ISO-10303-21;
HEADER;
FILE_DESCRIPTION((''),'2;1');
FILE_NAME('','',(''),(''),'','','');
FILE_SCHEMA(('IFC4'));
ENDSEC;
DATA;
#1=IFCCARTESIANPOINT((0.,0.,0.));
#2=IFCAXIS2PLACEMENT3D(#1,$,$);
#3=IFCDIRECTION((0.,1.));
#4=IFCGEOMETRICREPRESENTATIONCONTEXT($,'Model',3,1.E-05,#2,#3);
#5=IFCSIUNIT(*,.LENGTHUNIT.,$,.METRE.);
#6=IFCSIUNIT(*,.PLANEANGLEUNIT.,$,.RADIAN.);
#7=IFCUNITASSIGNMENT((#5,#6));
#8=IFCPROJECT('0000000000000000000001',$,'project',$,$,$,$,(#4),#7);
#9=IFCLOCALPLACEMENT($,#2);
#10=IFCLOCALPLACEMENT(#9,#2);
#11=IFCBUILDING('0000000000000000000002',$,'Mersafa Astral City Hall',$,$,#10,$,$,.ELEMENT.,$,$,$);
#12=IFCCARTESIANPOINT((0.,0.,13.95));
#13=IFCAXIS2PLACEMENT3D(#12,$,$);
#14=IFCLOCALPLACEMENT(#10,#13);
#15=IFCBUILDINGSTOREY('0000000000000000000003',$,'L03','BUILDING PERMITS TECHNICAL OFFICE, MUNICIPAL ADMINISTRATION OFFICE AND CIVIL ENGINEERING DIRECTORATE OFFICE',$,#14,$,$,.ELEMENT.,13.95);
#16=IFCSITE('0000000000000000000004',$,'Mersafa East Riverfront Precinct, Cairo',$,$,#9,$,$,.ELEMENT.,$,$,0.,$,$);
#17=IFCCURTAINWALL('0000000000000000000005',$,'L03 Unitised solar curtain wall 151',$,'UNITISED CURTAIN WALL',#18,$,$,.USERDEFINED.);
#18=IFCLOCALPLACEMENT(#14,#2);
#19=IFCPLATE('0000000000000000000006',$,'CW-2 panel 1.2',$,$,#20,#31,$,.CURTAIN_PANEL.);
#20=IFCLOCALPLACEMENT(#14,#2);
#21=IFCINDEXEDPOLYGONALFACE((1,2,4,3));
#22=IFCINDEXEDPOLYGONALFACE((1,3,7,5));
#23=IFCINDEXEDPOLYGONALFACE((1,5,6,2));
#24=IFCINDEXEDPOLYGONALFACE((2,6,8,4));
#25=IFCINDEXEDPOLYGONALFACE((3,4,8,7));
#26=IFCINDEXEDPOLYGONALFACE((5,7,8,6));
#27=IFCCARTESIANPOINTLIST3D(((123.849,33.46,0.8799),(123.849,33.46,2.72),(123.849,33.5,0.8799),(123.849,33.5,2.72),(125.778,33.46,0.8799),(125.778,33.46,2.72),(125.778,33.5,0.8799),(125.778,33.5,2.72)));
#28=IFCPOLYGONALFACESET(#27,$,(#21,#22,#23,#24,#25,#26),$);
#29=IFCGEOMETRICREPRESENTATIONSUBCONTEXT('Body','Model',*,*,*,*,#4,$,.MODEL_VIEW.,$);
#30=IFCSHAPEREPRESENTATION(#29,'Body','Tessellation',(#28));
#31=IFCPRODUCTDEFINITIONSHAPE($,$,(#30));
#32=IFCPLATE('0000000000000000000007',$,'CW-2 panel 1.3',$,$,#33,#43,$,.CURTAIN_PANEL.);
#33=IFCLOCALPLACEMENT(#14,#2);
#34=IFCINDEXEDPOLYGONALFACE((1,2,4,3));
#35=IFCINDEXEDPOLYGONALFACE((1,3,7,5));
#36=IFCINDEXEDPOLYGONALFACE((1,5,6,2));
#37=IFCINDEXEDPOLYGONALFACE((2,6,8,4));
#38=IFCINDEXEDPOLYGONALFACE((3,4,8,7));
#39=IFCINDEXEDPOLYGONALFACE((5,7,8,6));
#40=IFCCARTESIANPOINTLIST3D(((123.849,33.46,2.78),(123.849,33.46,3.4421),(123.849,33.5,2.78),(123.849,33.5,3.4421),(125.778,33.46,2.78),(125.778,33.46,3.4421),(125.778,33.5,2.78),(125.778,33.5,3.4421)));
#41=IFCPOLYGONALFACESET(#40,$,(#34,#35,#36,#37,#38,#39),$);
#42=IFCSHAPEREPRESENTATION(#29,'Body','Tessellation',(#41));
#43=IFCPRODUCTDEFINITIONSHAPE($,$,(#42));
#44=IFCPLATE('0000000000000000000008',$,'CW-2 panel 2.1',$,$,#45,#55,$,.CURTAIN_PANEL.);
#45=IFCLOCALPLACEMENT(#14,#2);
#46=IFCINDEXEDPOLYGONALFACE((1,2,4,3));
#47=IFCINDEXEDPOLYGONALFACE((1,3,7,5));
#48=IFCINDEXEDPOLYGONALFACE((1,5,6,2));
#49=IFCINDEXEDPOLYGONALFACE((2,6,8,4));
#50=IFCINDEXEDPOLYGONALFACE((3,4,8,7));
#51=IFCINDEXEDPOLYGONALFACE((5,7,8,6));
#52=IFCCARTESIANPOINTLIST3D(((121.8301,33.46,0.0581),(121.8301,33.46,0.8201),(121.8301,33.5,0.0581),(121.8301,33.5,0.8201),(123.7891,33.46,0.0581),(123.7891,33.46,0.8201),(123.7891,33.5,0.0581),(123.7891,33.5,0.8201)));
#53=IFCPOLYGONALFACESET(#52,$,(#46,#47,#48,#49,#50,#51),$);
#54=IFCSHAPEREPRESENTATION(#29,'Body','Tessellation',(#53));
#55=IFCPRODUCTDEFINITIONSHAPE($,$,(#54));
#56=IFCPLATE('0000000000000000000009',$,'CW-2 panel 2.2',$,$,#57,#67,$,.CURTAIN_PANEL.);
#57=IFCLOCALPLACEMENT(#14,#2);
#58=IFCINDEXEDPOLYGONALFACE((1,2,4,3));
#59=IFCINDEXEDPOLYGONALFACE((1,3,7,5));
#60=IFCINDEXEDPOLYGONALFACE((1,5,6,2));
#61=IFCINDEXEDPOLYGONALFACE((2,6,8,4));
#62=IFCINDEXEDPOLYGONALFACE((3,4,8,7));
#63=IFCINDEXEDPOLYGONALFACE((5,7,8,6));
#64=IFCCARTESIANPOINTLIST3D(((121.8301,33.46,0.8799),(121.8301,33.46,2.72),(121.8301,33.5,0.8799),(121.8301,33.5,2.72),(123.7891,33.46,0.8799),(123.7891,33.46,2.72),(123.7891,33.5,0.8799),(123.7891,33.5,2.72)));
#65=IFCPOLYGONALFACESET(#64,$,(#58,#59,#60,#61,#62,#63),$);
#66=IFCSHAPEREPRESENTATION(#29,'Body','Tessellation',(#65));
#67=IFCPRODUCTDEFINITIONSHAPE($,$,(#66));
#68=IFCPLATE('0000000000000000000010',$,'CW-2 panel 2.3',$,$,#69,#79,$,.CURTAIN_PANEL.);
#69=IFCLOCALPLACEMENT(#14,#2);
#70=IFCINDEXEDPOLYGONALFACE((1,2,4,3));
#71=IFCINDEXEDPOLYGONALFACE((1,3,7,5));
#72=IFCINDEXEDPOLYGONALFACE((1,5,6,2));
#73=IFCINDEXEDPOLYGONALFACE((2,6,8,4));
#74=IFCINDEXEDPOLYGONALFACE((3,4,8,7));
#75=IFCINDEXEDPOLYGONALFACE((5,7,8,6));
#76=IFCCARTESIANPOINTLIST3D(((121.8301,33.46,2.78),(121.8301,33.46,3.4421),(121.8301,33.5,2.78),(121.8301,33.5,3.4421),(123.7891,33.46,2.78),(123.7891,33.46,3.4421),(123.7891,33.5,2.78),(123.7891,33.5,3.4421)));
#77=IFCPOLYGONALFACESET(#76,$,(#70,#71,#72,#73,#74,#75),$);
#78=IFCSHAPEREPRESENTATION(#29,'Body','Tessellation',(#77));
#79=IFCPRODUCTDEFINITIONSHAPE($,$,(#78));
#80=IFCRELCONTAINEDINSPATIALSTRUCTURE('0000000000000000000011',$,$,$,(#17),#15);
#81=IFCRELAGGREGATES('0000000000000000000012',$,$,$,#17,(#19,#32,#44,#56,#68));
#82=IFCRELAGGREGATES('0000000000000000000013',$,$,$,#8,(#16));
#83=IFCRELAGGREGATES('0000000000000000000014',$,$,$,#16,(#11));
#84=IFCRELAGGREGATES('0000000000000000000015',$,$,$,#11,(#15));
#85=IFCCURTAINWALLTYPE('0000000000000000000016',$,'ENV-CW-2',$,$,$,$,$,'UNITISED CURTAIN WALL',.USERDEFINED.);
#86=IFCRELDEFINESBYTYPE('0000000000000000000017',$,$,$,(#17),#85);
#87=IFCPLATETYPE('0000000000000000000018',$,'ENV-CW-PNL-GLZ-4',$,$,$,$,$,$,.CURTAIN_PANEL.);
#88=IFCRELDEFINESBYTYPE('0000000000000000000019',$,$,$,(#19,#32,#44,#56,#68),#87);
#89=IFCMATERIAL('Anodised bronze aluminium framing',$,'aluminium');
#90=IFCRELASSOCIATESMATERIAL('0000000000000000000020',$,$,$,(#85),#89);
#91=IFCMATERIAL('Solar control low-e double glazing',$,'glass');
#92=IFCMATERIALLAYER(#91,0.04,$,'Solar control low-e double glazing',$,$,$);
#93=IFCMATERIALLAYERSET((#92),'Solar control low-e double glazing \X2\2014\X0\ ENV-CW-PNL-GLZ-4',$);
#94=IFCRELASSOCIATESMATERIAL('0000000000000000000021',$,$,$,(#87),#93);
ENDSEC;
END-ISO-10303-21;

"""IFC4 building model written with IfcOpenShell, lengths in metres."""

from ifc_helpers import new_model, si_unit, direction, frame, origin, origin_2d, place, context, subcontext, project, spatial, rectangle, extrude, material, layer, layer_set, type_object, element, aggregate, save


model = new_model("IFC4")

# Units and contexts
model_context = context("Model", 3, precision=1e-05, world=origin(), true_north=direction((0.0, 1.0)))
body_context = subcontext(model_context, "Body", "Model", "MODEL_VIEW")
ifc_project = project(units=[si_unit("LENGTHUNIT", "METRE"), si_unit("PLANEANGLEUNIT", "RADIAN")], contexts=[model_context])

# Site, building, storey
site_placement = place(None, origin())
site = spatial("IfcSite", under=ifc_project, at=site_placement, Name="Mersafa East Riverfront Precinct, Cairo", CompositionType="ELEMENT", RefElevation=0.0)
building_placement = place(site_placement, origin())
building = spatial("IfcBuilding", under=site, at=building_placement, Name="Mersafa Astral City Hall", CompositionType="ELEMENT")
storey_placement = place(building_placement, frame((0.0, 0.0, 13.95)))
storey = spatial("IfcBuildingStorey", under=building, at=storey_placement, Name="L03", Description="BUILDING PERMITS TECHNICAL OFFICE, MUNICIPAL ADMINISTRATION OFFICE AND CIVIL ENGINEERING DIRECTORATE OFFICE", CompositionType="ELEMENT", Elevation=13.95)

# Curtain wall
ifc_material_1 = material(Name="Anodised bronze aluminium framing", Category="aluminium")
curtain_wall_type = type_object("IfcCurtainWallType", Name="ENV-CW-2", ElementType="UNITISED CURTAIN WALL", PredefinedType="USERDEFINED", material=ifc_material_1)
curtain_wall_placement = place(storey_placement, origin())
curtain_wall = element("IfcCurtainWall", 1, at=curtain_wall_placement, inside=storey, type_object=curtain_wall_type, Name="L03 Unitised solar curtain wall 151", ObjectType="UNITISED CURTAIN WALL", PredefinedType="USERDEFINED")

# Plates
ifc_material_2 = material(Name="Solar control low-e double glazing", Category="glass")
ifc_layer = layer(ifc_material_2, 0.04, Name="Solar control low-e double glazing")
ifc_layer_set = layer_set([ifc_layer], Name="Solar control low-e double glazing — ENV-CW-PNL-GLZ-4")
plate_type = type_object("IfcPlateType", Name="ENV-CW-PNL-GLZ-4", PredefinedType="CURTAIN_PANEL", material=ifc_layer_set)
plate_1_placement = place(storey_placement, frame((124.8135, 33.48, 0.8799), z_axis=(0.0, 0.0, 1.0), x_axis=(-1.0, 0.0, 0.0)))
plate_1 = element("IfcPlate", 2, at=plate_1_placement, type_object=plate_type, Name="CW-2 panel 1.2", PredefinedType="CURTAIN_PANEL", context=body_context, shape_type="SweptSolid", body=[
    extrude(rectangle(XDim=1.929, YDim=0.04, at=origin_2d()), origin(), (0.0, 0.0, 1.0), 1.8401),
])
plate_2_placement = place(storey_placement, frame((124.8135, 33.48, 2.78), z_axis=(0.0, 0.0, 1.0), x_axis=(-1.0, 0.0, 0.0)))
plate_2 = element("IfcPlate", 3, at=plate_2_placement, type_object=plate_type, Name="CW-2 panel 1.3", PredefinedType="CURTAIN_PANEL", context=body_context, shape_type="SweptSolid", body=[
    extrude(rectangle(XDim=1.929, YDim=0.04, at=origin_2d()), origin(), (0.0, 0.0, 1.0), 0.6621),
])
plate_3_placement = place(storey_placement, frame((122.8096, 33.48, 0.0581), z_axis=(0.0, 0.0, 1.0), x_axis=(-1.0, 0.0, 0.0)))
plate_3 = element("IfcPlate", 4, at=plate_3_placement, type_object=plate_type, Name="CW-2 panel 2.1", PredefinedType="CURTAIN_PANEL", context=body_context, shape_type="SweptSolid", body=[
    extrude(rectangle(XDim=1.959, YDim=0.04, at=origin_2d()), origin(), (0.0, 0.0, 1.0), 0.762),
])
plate_4_placement = place(storey_placement, frame((122.8096, 33.48, 0.8799), z_axis=(0.0, 0.0, 1.0), x_axis=(-1.0, 0.0, 0.0)))
plate_4 = element("IfcPlate", 5, at=plate_4_placement, type_object=plate_type, Name="CW-2 panel 2.2", PredefinedType="CURTAIN_PANEL", context=body_context, shape_type="SweptSolid", body=[
    extrude(rectangle(XDim=1.959, YDim=0.04, at=origin_2d()), origin(), (0.0, 0.0, 1.0), 1.8401),
])
plate_5_placement = place(storey_placement, frame((122.8096, 33.48, 2.78), z_axis=(0.0, 0.0, 1.0), x_axis=(-1.0, 0.0, 0.0)))
plate_5 = element("IfcPlate", 6, at=plate_5_placement, type_object=plate_type, Name="CW-2 panel 2.3", PredefinedType="CURTAIN_PANEL", context=body_context, shape_type="SweptSolid", body=[
    extrude(rectangle(XDim=1.959, YDim=0.04, at=origin_2d()), origin(), (0.0, 0.0, 1.0), 0.6621),
])
aggregate(curtain_wall, [plate_1, plate_2, plate_3, plate_4, plate_5])

save(model, "model.ifc")
